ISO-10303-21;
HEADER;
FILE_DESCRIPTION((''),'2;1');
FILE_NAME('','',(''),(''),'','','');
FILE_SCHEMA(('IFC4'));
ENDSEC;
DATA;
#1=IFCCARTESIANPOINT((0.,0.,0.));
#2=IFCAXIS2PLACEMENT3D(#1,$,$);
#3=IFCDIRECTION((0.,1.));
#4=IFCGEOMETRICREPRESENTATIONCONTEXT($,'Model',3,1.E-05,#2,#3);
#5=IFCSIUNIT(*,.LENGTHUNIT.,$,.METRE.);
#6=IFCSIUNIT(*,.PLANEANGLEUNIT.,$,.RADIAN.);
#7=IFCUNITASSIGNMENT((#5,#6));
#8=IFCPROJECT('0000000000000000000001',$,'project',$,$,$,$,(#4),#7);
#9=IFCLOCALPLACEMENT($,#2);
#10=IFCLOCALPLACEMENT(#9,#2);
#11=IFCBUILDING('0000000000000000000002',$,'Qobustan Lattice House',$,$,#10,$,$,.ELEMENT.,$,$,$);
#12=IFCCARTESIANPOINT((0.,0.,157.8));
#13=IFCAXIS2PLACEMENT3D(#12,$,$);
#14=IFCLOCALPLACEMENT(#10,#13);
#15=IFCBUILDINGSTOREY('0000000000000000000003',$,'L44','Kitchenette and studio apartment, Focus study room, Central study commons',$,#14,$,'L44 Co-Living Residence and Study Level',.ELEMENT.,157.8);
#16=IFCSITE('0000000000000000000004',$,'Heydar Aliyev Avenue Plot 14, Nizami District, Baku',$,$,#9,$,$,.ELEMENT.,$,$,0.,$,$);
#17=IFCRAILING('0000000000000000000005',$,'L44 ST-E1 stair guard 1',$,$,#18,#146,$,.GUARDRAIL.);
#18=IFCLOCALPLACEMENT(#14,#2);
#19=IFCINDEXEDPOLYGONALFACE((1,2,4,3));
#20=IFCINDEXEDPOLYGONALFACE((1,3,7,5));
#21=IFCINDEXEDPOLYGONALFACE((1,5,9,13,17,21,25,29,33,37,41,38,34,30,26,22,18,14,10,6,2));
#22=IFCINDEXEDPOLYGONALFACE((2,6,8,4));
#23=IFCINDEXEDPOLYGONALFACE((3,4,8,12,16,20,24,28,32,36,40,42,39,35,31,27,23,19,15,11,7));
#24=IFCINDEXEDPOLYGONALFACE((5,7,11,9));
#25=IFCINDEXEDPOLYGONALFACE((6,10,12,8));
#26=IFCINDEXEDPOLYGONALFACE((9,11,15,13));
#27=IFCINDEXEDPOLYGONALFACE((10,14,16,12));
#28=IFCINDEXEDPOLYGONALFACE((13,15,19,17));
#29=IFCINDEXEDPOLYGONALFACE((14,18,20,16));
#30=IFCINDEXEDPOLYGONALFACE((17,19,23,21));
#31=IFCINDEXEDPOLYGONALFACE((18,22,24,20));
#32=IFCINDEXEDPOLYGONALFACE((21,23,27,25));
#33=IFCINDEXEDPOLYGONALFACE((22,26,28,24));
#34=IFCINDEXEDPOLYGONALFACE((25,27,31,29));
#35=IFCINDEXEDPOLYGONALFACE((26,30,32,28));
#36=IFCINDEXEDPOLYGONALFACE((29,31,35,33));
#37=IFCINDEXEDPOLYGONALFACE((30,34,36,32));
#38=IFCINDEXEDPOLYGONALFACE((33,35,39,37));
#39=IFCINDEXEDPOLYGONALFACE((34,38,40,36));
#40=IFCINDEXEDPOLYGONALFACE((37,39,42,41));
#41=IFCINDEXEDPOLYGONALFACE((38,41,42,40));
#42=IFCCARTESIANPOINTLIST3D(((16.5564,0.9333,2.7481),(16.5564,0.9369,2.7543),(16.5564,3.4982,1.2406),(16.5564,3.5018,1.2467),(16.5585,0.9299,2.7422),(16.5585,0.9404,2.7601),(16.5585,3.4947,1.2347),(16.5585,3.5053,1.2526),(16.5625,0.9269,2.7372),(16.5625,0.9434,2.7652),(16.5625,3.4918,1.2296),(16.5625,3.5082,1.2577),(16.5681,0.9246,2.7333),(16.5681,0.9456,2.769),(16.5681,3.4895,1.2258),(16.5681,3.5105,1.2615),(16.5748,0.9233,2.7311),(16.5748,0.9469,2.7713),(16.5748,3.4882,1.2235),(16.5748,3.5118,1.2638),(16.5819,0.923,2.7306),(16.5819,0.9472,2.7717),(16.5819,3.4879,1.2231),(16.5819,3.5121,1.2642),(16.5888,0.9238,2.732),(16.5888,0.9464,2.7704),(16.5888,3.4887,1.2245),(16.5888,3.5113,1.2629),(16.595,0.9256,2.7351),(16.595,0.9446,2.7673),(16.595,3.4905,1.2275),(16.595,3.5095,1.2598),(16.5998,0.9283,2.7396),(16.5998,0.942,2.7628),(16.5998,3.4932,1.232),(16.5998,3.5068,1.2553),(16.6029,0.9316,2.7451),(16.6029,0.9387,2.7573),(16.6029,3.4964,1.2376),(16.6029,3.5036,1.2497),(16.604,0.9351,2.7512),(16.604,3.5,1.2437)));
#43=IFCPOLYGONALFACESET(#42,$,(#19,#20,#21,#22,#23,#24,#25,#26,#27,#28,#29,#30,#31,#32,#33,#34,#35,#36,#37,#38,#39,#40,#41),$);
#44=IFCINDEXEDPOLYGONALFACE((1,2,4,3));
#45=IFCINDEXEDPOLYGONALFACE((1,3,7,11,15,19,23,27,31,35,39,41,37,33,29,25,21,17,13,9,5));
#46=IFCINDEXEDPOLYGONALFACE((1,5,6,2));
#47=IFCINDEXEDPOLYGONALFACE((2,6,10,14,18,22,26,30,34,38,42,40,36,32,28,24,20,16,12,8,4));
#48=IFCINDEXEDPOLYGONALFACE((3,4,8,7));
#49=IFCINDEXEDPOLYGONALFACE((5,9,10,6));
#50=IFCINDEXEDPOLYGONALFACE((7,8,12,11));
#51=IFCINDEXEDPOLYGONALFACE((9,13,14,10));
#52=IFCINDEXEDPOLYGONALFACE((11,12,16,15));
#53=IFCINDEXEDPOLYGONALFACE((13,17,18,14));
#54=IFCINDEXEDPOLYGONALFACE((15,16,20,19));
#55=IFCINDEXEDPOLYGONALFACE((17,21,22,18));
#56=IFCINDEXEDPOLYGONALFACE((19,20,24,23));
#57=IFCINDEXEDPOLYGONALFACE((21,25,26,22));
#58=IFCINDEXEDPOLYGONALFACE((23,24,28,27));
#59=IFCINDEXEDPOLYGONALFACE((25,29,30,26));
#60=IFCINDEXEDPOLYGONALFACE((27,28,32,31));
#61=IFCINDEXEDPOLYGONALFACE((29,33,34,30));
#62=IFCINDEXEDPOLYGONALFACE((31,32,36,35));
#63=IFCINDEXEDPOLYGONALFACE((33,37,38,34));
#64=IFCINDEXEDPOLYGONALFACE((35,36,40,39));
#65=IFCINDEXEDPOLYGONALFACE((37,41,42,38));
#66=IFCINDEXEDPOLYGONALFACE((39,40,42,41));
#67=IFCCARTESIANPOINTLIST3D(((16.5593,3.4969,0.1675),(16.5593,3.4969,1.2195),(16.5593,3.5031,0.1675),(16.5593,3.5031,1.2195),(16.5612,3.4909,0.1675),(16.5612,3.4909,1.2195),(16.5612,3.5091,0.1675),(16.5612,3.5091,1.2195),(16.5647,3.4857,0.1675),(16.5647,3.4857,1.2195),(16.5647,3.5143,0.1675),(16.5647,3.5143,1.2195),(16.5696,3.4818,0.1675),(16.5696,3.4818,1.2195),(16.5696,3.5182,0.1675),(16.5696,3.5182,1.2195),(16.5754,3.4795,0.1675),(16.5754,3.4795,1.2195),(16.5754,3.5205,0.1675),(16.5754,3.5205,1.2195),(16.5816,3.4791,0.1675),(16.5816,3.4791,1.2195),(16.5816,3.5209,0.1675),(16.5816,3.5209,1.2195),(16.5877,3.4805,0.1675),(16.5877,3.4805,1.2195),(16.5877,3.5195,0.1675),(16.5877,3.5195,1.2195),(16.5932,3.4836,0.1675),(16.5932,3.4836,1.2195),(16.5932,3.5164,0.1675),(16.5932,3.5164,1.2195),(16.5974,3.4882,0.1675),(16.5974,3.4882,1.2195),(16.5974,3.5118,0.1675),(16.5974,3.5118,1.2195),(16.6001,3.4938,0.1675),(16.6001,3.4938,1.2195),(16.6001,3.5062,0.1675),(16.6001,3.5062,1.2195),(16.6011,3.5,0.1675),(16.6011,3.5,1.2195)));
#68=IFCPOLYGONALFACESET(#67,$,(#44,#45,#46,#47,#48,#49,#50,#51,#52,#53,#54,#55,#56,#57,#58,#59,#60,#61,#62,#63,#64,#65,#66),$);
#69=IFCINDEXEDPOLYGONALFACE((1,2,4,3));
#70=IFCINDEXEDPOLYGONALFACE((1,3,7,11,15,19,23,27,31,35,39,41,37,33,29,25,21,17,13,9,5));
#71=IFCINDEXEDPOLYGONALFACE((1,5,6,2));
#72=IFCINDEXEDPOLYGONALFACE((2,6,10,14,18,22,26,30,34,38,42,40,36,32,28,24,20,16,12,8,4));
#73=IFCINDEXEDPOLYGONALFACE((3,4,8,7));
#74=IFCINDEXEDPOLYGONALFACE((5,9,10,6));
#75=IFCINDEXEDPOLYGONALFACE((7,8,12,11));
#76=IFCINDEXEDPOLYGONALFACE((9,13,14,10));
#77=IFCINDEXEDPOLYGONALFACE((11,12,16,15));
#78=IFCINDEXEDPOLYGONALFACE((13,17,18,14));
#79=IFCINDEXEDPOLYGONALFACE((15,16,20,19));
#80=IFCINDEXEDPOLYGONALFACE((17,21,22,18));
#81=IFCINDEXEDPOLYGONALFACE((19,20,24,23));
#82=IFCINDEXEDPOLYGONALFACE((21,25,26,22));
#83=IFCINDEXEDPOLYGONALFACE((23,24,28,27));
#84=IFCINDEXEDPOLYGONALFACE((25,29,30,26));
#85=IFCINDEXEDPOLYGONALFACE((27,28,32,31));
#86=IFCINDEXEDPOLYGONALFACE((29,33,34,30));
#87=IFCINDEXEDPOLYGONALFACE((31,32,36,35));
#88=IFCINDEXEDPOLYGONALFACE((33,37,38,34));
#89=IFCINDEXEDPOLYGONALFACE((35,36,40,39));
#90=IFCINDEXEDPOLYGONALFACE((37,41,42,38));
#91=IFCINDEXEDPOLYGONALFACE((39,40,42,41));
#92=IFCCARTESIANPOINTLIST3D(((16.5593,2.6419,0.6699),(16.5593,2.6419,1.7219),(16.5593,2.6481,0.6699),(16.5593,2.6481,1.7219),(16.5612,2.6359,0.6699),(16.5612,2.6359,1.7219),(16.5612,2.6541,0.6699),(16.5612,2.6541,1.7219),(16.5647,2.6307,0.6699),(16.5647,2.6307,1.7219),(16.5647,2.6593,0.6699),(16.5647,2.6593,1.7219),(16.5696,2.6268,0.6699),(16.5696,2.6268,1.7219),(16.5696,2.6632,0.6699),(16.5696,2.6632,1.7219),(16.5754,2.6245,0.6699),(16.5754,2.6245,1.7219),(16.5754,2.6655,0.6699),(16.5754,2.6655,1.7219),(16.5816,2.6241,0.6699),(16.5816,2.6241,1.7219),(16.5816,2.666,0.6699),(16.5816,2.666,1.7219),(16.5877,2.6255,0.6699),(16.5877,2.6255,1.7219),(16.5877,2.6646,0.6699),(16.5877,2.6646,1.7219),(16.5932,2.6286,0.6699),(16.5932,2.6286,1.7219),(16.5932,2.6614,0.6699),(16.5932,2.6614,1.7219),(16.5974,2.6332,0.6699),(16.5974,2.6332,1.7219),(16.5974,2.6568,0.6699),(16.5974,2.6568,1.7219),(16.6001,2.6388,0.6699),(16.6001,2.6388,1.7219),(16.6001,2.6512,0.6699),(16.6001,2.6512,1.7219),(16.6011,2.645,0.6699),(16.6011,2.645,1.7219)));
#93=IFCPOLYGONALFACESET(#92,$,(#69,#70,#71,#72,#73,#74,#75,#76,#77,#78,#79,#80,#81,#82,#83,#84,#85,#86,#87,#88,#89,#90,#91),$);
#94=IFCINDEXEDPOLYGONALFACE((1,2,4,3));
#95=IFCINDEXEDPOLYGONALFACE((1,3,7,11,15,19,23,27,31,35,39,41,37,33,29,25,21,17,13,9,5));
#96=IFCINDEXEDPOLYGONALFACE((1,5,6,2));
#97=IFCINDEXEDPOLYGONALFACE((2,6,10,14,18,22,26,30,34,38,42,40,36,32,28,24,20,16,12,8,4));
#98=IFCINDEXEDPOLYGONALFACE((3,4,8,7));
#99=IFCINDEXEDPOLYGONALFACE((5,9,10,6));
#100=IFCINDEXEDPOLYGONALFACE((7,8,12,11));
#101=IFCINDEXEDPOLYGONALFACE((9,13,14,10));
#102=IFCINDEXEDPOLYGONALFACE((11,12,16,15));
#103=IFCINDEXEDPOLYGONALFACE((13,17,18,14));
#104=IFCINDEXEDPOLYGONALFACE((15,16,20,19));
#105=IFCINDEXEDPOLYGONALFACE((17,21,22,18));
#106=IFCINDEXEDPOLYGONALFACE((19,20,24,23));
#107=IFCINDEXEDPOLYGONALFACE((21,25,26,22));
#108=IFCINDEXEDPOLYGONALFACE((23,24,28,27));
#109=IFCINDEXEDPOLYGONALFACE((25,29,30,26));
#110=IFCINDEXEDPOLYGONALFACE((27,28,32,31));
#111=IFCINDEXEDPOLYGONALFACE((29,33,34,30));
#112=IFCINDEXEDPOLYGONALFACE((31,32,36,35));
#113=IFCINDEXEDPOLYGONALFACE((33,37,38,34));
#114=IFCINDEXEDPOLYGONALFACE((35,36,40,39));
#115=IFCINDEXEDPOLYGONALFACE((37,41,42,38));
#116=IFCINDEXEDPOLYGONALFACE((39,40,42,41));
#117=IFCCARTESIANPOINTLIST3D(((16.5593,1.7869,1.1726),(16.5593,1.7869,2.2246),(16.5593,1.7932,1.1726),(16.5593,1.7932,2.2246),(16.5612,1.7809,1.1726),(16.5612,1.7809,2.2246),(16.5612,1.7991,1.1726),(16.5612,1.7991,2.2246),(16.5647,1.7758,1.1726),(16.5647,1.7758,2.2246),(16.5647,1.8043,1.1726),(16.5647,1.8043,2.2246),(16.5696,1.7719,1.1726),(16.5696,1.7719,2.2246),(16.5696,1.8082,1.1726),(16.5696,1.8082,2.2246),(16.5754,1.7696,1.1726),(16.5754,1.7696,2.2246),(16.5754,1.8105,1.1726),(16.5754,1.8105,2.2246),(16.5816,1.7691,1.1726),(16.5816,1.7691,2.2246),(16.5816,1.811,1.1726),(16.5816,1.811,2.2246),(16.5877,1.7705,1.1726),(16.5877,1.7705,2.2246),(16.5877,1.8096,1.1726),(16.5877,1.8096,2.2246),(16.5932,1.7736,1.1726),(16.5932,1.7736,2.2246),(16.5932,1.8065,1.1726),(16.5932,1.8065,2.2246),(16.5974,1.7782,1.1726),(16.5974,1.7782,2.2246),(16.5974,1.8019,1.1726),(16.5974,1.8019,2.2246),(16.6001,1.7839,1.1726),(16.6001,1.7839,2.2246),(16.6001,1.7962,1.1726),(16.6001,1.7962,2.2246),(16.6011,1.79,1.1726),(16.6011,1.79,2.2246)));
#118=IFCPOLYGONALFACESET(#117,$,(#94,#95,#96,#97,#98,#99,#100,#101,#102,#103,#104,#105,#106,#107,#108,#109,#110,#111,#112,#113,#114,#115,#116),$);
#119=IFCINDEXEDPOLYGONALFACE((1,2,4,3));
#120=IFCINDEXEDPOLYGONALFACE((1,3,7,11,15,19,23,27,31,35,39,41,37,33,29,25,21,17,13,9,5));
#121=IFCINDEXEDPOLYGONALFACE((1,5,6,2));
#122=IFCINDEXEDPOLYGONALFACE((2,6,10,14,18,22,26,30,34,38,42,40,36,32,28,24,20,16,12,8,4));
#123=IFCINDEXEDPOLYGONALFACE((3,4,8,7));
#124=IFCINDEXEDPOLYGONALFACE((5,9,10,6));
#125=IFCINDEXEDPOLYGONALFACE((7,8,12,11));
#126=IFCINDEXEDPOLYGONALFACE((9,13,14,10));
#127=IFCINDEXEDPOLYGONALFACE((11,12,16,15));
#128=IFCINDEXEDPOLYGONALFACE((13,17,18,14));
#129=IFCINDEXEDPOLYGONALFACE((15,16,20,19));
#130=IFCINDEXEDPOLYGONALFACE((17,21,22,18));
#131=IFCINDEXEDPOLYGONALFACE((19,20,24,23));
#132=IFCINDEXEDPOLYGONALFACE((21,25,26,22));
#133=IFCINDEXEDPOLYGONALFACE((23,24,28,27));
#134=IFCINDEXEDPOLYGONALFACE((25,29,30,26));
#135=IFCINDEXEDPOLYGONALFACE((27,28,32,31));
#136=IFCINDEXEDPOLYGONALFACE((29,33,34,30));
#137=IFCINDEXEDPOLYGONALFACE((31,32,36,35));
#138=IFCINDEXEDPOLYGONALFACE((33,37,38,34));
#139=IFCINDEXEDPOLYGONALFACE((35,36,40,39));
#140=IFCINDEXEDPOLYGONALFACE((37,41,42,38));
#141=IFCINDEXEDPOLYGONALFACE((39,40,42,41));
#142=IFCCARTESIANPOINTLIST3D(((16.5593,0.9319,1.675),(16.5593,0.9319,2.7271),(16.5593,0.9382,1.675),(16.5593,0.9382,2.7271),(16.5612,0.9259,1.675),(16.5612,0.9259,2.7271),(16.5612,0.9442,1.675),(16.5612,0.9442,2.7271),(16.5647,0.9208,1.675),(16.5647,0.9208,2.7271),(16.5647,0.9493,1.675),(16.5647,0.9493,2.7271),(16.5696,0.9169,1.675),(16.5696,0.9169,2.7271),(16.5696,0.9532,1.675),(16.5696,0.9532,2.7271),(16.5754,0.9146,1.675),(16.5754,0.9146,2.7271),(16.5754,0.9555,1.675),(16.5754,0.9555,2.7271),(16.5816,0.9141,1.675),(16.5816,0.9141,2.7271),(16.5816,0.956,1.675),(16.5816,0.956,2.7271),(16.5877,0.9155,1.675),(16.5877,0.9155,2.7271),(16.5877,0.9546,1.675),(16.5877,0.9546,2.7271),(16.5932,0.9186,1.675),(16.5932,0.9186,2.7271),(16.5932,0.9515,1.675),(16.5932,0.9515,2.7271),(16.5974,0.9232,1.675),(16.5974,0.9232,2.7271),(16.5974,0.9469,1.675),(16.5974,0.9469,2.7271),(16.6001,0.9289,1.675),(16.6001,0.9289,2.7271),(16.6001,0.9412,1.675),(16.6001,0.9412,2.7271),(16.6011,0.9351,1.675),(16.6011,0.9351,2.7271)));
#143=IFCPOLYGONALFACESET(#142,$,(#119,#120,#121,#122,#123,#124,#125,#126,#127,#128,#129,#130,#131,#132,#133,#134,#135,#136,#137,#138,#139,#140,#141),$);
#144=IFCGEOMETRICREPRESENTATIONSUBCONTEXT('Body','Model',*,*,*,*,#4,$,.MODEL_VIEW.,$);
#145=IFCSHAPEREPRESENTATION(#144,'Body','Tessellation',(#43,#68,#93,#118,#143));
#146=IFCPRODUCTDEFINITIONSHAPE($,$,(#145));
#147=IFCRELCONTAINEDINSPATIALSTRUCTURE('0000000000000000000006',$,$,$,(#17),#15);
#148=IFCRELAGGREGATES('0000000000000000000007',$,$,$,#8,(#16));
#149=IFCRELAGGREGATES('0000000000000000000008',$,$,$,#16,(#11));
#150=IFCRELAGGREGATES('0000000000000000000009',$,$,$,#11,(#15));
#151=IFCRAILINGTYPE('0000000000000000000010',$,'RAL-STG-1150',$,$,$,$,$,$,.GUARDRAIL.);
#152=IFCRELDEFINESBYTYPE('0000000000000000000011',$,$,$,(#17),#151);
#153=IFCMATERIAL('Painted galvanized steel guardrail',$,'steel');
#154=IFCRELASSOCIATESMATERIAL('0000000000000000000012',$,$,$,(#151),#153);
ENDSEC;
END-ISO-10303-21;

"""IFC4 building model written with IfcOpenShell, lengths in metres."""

from ifc_helpers import new_model, si_unit, direction, frame, origin, origin_2d, place, context, subcontext, project, spatial, circle, extrude, material, type_object, element, save


model = new_model("IFC4")

# Units and contexts
model_context = context("Model", 3, precision=1e-05, world=origin(), true_north=direction((0.0, 1.0)))
body_context = subcontext(model_context, "Body", "Model", "MODEL_VIEW")
ifc_project = project(units=[si_unit("LENGTHUNIT", "METRE"), si_unit("PLANEANGLEUNIT", "RADIAN")], contexts=[model_context])

# Site, building, storey
site_placement = place(None, origin())
site = spatial("IfcSite", under=ifc_project, at=site_placement, Name="Heydar Aliyev Avenue Plot 14, Nizami District, Baku", CompositionType="ELEMENT", RefElevation=0.0)
building_placement = place(site_placement, origin())
building = spatial("IfcBuilding", under=site, at=building_placement, Name="Qobustan Lattice House", CompositionType="ELEMENT")
storey_placement = place(building_placement, frame((0.0, 0.0, 157.8)))
storey = spatial("IfcBuildingStorey", under=building, at=storey_placement, Name="L44", Description="Kitchenette and studio apartment, Focus study room, Central study commons", LongName="L44 Co-Living Residence and Study Level", CompositionType="ELEMENT", Elevation=157.8)

# Railing
ifc_material_1 = material(Name="Painted galvanized steel guardrail", Category="steel")
railing_type_1 = type_object("IfcRailingType", Name="RAL-STG-1150", PredefinedType="GUARDRAIL", material=ifc_material_1)
railing_1_placement = place(storey_placement, frame((16.5801, 3.5, 0.1675)))
element("IfcRailing", 1, at=railing_1_placement, inside=storey, type_object=railing_type_1, Name="L44 ST-E1 stair guard 1", PredefinedType="GUARDRAIL", context=body_context, shape_type="SweptSolid", body=[
    extrude(circle(Radius=0.0239, at=origin_2d()), frame((0.0, 0.0, 1.0762), z_axis=(0.0, -0.862113, 0.506715), x_axis=(1.0, 0.0, 0.0)), (0.0, 0.0, 1.0), 2.9751),
    extrude(circle(Radius=0.021, at=origin_2d()), origin(), (0.0, 0.0, 1.0), 1.052),
    extrude(circle(Radius=0.021, at=origin_2d()), frame((0.0, -0.855, 0.5024)), (0.0, 0.0, 1.0), 1.052),
    extrude(circle(Radius=0.021, at=origin_2d()), frame((0.0, -1.71, 1.0051)), (0.0, 0.0, 1.0), 1.052),
    extrude(circle(Radius=0.021, at=origin_2d()), frame((0.0, -2.5649, 1.5076)), (0.0, 0.0, 1.0), 1.052),
])

save(model, "model.ifc")
